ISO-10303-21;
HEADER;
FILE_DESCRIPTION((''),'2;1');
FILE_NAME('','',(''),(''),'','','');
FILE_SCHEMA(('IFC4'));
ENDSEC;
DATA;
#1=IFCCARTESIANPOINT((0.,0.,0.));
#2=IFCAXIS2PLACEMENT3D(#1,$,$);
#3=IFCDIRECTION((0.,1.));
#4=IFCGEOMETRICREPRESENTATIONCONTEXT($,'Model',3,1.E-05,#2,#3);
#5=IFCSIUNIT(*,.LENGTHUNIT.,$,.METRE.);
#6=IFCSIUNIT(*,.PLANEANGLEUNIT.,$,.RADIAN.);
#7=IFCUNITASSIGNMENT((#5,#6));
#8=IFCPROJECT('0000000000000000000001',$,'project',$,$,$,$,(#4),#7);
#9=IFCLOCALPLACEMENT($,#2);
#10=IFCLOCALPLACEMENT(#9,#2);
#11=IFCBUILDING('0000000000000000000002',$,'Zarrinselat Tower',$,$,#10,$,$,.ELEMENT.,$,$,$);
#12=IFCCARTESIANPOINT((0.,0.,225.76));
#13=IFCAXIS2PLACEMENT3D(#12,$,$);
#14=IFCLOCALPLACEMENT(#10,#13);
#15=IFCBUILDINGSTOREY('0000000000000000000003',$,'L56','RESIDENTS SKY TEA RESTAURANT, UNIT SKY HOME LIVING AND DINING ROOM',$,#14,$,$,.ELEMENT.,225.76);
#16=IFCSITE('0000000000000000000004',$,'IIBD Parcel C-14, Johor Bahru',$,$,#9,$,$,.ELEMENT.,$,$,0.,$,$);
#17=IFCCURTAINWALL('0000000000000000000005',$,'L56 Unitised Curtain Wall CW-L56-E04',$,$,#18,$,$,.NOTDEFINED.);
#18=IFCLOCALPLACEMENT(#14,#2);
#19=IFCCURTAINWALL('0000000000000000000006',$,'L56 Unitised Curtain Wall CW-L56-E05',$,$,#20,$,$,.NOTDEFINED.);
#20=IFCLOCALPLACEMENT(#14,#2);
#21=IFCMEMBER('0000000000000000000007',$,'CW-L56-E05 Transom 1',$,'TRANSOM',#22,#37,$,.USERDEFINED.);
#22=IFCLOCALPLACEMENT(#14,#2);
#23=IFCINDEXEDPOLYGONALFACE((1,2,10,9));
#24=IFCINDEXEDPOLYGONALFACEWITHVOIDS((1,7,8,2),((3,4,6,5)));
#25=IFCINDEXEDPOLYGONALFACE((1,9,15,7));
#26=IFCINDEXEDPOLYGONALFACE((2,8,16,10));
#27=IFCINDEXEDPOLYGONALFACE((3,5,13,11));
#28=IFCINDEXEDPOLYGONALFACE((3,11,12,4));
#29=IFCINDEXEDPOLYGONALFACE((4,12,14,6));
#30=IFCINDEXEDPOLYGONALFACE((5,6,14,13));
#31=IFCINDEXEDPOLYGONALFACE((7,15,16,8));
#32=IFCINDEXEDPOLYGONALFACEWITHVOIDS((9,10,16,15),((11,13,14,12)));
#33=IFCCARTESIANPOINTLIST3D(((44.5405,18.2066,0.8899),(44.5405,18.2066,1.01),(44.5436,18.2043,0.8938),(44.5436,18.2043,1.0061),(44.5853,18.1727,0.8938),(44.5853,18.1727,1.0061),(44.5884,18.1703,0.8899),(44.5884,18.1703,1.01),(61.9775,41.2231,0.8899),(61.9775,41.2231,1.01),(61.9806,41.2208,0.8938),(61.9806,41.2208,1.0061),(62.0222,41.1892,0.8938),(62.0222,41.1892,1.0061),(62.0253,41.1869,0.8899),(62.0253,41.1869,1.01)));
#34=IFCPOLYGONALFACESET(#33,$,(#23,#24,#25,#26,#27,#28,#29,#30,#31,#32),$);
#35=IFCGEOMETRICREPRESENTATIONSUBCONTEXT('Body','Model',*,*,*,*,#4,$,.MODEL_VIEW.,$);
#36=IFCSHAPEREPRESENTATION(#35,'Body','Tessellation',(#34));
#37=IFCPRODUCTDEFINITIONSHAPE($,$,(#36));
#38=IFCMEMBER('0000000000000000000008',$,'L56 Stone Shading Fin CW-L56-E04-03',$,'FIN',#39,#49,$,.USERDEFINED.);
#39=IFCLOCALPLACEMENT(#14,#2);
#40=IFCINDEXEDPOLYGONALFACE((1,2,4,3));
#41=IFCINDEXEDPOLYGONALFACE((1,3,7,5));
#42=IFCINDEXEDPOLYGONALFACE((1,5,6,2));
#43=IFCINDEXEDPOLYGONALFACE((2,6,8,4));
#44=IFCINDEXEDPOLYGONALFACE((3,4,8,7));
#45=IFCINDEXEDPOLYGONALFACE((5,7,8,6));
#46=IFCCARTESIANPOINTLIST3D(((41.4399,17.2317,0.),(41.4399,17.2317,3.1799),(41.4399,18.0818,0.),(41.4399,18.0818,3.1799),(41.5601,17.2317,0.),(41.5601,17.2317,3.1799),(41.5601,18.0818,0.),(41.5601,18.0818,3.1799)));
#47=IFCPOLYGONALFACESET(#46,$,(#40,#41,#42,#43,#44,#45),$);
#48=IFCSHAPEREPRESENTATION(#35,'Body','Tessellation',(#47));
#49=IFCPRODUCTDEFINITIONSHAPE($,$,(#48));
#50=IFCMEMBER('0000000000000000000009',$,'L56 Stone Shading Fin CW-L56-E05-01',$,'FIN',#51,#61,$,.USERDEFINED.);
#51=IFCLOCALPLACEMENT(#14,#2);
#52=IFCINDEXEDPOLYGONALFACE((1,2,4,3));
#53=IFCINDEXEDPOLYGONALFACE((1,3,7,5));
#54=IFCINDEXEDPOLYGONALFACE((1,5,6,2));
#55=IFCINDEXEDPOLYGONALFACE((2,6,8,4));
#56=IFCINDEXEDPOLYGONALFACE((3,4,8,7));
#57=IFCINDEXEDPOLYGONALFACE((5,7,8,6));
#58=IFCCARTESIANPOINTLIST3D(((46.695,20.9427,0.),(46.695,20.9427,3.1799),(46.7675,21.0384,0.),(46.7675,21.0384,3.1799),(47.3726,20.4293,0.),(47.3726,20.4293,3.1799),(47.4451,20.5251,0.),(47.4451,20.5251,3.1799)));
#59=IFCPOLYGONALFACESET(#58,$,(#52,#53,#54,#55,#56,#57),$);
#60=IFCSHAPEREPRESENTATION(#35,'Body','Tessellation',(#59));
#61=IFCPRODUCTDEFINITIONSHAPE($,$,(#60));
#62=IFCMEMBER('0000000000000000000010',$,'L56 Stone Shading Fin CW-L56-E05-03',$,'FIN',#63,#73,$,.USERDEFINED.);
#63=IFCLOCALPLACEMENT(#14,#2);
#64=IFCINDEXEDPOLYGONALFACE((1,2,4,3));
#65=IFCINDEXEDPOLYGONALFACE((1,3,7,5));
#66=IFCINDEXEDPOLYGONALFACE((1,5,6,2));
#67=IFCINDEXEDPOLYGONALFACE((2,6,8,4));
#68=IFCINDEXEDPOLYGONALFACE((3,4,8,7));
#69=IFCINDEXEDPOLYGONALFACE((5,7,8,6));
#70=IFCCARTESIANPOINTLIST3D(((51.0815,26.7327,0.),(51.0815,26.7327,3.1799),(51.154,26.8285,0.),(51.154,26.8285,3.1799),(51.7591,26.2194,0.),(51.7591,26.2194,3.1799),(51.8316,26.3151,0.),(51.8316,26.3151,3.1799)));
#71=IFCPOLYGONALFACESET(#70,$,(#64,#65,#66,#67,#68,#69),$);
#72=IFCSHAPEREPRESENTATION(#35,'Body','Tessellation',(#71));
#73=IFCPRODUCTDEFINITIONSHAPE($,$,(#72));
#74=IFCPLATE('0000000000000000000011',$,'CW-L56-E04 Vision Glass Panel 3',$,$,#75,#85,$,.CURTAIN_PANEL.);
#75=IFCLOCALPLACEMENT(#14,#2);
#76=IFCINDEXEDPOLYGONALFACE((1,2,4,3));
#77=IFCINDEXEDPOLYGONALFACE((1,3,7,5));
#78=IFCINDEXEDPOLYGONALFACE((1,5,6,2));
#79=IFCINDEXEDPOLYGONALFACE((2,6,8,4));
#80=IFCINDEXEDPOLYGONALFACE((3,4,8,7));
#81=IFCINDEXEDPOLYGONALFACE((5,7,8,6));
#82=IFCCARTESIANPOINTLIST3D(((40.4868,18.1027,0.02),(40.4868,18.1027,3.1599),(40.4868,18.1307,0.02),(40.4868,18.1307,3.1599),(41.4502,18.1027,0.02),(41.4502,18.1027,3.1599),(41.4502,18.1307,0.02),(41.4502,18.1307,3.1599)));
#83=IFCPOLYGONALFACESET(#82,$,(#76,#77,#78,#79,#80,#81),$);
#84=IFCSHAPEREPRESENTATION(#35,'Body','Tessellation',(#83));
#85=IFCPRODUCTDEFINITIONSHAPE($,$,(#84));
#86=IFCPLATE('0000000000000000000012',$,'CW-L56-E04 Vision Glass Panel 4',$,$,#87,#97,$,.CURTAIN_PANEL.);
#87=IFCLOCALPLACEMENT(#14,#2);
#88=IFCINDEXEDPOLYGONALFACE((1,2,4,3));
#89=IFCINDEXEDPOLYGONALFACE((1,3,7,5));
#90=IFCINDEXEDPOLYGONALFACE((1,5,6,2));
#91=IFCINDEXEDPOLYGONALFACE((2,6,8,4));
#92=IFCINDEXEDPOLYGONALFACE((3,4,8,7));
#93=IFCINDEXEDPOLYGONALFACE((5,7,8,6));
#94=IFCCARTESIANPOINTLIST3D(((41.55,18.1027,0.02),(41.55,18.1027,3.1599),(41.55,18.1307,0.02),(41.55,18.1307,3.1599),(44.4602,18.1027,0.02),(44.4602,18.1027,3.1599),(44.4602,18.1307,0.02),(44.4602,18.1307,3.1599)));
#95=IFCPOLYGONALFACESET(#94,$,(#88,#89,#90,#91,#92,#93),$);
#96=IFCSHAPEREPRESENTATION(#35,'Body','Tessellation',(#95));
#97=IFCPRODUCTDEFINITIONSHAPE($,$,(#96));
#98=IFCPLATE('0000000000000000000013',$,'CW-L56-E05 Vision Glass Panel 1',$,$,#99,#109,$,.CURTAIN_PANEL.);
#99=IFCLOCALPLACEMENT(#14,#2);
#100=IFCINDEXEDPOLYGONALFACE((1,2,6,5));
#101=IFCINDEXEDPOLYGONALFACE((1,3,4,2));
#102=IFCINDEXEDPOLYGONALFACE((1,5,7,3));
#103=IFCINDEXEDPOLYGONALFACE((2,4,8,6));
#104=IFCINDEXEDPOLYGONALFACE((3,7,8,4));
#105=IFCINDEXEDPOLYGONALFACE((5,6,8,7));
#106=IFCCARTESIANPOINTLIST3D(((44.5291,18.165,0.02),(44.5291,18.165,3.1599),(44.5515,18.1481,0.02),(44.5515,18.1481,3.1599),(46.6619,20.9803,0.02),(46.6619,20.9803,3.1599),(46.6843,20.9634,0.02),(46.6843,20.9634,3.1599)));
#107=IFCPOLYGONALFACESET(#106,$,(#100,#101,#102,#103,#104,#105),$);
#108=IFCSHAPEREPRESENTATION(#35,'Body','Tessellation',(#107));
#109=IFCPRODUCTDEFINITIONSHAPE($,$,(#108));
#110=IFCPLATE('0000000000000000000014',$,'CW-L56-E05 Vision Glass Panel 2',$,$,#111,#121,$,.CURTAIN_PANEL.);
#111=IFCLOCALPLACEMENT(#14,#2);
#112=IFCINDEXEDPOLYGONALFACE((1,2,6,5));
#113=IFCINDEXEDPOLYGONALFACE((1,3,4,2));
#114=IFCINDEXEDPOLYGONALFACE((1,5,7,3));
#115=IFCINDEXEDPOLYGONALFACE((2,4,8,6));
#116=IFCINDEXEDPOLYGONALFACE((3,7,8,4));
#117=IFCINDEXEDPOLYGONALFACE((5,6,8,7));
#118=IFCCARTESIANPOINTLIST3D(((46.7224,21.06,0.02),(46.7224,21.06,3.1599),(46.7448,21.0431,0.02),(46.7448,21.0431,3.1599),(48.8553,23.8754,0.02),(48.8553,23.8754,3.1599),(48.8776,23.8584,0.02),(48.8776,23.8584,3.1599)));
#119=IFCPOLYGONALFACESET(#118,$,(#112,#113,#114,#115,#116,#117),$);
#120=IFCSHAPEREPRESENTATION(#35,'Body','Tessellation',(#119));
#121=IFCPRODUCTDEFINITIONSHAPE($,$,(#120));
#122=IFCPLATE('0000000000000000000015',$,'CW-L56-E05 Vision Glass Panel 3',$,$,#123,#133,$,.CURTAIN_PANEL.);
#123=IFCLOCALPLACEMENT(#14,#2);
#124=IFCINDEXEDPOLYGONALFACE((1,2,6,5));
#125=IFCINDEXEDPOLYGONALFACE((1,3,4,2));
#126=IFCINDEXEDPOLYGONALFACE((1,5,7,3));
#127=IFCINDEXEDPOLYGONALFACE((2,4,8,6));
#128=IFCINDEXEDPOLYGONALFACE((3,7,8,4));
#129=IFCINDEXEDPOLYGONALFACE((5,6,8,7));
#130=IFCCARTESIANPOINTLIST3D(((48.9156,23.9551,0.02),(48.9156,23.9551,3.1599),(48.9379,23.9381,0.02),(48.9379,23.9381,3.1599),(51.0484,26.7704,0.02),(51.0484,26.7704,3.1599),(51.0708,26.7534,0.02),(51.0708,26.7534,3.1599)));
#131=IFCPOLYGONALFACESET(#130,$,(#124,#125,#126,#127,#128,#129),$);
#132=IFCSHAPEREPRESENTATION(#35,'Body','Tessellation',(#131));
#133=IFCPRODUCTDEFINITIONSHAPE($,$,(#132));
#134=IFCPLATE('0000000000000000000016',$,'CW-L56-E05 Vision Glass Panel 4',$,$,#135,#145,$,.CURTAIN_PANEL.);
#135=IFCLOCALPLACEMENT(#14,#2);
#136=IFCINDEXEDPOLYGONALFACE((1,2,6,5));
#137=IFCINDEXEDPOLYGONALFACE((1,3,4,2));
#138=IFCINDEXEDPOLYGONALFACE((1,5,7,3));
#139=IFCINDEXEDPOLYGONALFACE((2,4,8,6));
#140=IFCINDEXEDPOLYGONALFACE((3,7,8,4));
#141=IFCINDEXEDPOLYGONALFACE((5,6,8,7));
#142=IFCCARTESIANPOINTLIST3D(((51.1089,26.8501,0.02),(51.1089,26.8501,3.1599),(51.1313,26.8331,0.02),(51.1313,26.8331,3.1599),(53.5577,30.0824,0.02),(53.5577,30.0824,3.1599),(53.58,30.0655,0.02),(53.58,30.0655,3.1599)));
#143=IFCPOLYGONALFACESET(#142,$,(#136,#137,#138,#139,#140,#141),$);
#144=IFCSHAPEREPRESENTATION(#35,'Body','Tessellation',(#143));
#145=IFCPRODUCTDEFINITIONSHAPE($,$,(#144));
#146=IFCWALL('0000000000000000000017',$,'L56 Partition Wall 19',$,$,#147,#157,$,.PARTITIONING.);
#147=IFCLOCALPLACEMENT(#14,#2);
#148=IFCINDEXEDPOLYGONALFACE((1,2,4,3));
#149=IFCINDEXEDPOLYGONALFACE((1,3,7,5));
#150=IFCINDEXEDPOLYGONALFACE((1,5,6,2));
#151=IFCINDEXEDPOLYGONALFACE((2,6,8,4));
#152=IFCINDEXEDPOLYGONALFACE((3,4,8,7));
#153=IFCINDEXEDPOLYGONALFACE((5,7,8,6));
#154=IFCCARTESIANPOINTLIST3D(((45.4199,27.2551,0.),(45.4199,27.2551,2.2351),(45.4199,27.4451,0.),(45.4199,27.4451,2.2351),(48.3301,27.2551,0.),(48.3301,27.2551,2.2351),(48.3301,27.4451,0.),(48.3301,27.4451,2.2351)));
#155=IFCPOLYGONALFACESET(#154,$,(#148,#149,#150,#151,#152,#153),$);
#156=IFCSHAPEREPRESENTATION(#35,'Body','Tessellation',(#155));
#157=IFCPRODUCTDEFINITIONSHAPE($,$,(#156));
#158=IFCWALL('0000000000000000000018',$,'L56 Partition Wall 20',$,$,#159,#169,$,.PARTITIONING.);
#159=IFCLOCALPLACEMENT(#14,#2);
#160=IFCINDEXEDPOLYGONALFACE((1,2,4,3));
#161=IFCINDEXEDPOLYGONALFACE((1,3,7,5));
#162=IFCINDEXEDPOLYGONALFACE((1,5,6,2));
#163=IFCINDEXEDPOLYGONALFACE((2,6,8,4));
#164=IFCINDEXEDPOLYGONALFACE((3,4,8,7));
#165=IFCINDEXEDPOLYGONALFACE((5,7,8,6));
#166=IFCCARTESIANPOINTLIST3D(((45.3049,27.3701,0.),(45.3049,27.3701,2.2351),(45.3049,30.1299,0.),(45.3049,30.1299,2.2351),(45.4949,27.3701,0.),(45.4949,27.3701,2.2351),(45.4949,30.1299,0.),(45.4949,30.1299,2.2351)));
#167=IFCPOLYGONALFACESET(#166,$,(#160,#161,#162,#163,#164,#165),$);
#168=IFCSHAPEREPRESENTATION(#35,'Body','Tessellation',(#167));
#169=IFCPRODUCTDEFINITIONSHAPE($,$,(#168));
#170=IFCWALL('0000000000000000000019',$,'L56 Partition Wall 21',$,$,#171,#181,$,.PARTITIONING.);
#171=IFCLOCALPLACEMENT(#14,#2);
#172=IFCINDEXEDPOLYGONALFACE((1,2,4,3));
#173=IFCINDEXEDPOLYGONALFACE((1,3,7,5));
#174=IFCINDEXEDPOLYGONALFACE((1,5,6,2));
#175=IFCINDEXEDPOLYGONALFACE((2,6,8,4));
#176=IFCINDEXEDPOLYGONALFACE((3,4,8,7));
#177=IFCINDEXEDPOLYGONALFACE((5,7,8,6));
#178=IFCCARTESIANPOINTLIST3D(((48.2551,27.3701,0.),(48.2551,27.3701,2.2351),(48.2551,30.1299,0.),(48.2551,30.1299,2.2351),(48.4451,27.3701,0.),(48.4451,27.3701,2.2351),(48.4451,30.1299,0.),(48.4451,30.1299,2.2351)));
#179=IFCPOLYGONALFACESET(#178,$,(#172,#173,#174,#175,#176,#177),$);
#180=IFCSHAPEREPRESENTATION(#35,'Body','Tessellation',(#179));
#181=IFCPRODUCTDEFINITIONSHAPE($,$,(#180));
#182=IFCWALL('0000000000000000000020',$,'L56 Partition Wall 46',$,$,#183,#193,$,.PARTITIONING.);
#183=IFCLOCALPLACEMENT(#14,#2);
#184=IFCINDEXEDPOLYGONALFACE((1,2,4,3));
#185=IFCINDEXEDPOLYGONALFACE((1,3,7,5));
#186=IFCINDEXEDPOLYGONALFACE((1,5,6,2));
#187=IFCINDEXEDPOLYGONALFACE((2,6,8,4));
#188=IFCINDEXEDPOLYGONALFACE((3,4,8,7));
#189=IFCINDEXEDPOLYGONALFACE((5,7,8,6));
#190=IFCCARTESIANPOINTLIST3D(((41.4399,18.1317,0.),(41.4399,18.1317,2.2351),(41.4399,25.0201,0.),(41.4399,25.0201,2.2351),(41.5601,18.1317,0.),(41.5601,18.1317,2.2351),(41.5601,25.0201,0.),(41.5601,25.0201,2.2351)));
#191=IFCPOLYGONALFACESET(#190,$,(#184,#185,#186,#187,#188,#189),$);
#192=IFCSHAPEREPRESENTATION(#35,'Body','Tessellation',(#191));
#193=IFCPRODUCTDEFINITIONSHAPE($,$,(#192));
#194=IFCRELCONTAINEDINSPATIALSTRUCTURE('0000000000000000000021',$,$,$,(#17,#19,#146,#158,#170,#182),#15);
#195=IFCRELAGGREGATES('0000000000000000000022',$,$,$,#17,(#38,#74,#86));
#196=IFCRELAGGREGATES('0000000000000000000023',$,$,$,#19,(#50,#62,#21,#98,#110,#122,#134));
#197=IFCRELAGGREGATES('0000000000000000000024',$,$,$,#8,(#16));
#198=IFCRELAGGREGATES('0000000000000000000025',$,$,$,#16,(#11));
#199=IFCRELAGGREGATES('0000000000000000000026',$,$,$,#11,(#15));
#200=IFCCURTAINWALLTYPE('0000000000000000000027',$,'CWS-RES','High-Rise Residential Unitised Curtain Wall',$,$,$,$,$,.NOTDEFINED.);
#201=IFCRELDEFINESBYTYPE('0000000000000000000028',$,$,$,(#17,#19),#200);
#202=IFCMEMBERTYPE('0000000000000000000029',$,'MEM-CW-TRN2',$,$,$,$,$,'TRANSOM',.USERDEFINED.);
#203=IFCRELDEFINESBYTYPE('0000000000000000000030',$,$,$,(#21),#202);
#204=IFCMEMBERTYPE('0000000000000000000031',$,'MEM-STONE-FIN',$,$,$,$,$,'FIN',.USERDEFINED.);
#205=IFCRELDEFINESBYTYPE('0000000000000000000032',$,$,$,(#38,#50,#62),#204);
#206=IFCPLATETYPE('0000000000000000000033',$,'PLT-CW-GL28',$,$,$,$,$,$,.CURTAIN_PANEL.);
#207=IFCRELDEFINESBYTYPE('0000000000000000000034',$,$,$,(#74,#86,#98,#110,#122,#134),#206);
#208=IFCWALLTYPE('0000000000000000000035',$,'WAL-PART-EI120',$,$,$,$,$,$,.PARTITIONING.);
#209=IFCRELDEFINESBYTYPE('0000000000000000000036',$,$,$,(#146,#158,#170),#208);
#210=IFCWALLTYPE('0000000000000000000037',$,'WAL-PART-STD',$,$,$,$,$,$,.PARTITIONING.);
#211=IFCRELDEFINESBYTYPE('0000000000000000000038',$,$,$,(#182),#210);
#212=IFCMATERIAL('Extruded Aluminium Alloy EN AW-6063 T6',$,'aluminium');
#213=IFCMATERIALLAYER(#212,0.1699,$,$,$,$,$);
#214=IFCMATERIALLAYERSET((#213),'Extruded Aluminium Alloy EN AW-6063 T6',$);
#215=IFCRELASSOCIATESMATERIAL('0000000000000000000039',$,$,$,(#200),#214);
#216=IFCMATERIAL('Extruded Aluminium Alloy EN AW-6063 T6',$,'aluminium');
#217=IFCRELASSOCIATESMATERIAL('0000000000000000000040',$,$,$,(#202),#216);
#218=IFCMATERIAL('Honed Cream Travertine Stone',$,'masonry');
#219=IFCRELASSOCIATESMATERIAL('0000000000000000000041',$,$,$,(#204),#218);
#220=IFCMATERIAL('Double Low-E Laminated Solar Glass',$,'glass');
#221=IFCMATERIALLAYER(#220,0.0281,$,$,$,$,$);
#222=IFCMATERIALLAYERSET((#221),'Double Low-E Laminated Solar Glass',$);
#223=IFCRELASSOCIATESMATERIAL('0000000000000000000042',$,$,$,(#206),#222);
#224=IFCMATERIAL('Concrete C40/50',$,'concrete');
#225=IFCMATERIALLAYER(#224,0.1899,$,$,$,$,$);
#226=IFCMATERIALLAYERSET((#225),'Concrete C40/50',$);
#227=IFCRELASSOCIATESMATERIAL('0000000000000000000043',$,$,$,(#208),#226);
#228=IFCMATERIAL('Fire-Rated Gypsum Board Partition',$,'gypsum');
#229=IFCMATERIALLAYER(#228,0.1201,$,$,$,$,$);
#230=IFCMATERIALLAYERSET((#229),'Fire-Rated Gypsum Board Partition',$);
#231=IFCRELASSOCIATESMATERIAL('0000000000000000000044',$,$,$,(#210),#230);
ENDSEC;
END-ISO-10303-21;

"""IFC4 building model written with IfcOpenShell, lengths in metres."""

from ifc_helpers import new_model, si_unit, direction, frame, frame_2d, origin, origin_2d, place, context, subcontext, project, spatial, rectangle, hollow_rectangle, extrude, material, layer, layer_set, material_profile, profile_set, type_object, element, aggregate, save


model = new_model("IFC4")

# Units and contexts
model_context = context("Model", 3, precision=1e-05, world=origin(), true_north=direction((0.0, 1.0)))
body_context = subcontext(model_context, "Body", "Model", "MODEL_VIEW")
ifc_project = project(units=[si_unit("LENGTHUNIT", "METRE"), si_unit("PLANEANGLEUNIT", "RADIAN")], contexts=[model_context])

# Site, building, storey
site_placement = place(None, origin())
site = spatial("IfcSite", under=ifc_project, at=site_placement, Name="IIBD Parcel C-14, Johor Bahru", CompositionType="ELEMENT", RefElevation=0.0)
building_placement = place(site_placement, origin())
building = spatial("IfcBuilding", under=site, at=building_placement, Name="Zarrinselat Tower", CompositionType="ELEMENT")
storey_placement = place(building_placement, frame((0.0, 0.0, 225.76)))
storey = spatial("IfcBuildingStorey", under=building, at=storey_placement, Name="L56", Description="RESIDENTS SKY TEA RESTAURANT, UNIT SKY HOME LIVING AND DINING ROOM", CompositionType="ELEMENT", Elevation=225.76)

# Curtain walls, member
ifc_material_1 = material(Name="Extruded Aluminium Alloy EN AW-6063 T6", Category="aluminium")
ifc_layer_1 = layer(ifc_material_1, 0.1699)
ifc_layer_set_1 = layer_set([ifc_layer_1], Name="Extruded Aluminium Alloy EN AW-6063 T6")
curtain_wall_type = type_object("IfcCurtainWallType", Name="CWS-RES", Description="High-Rise Residential Unitised Curtain Wall", PredefinedType="NOTDEFINED", material=ifc_layer_set_1)
curtain_wall_1_placement = place(storey_placement, origin())
curtain_wall_1 = element("IfcCurtainWall", 1, at=curtain_wall_1_placement, inside=storey, type_object=curtain_wall_type, Name="L56 Unitised Curtain Wall CW-L56-E04", PredefinedType="NOTDEFINED")
curtain_wall_2_placement = place(storey_placement, origin())
curtain_wall_2 = element("IfcCurtainWall", 2, at=curtain_wall_2_placement, inside=storey, type_object=curtain_wall_type, Name="L56 Unitised Curtain Wall CW-L56-E05", PredefinedType="NOTDEFINED")
ifc_material_2 = material(Name="Extruded Aluminium Alloy EN AW-6063 T6", Category="aluminium")
ifc_material_profile_1 = material_profile(ifc_material_2, hollow_rectangle(XDim=0.0601, YDim=0.1201, WallThickness=0.0039, at=origin_2d()), Name="RHS 120x60x4")
ifc_profile_set_1 = profile_set([ifc_material_profile_1], Name="Extruded Aluminium Alloy EN AW-6063 T6")
member_type_1 = type_object("IfcMemberType", Name="MEM-CW-TRN2", ElementType="TRANSOM", PredefinedType="USERDEFINED", material=ifc_profile_set_1)
member_1_placement = place(storey_placement, frame((44.5645, 18.1885, 0.95), z_axis=(0.603862, 0.797089, 0.0), x_axis=(-0.797089, 0.603862, 0.0)))
member_1 = element("IfcMember", 3, at=member_1_placement, type_object=member_type_1, Name="CW-L56-E05 Transom 1", ObjectType="TRANSOM", PredefinedType="USERDEFINED", context=body_context, shape_type="SweptSolid", body=[
    extrude(hollow_rectangle(XDim=0.0601, YDim=0.1201, WallThickness=0.0039, at=origin_2d()), origin(), (0.0, 0.0, 1.0), 28.8757),
])

# Members
ifc_material_3 = material(Name="Honed Cream Travertine Stone", Category="masonry")
ifc_material_profile_2 = material_profile(ifc_material_3, rectangle(XDim=0.1201, YDim=0.8501, at=origin_2d()), Name="FIN 850x120")
ifc_profile_set_2 = profile_set([ifc_material_profile_2], Name="Honed Cream Travertine Stone")
member_type_2 = type_object("IfcMemberType", Name="MEM-STONE-FIN", ElementType="FIN", PredefinedType="USERDEFINED", material=ifc_profile_set_2)
member_2_placement = place(storey_placement, frame((41.5, 17.6567, 0.0), z_axis=(0.0, 0.0, 1.0), x_axis=(-1.0, 0.0, 0.0)))
member_2 = element("IfcMember", 4, at=member_2_placement, type_object=member_type_2, Name="L56 Stone Shading Fin CW-L56-E04-03", ObjectType="FIN", PredefinedType="USERDEFINED", context=body_context, shape_type="SweptSolid", body=[
    extrude(rectangle(XDim=0.1201, YDim=0.8501, at=origin_2d()), origin(), (0.0, 0.0, 1.0), 3.1799),
])
member_3_placement = place(storey_placement, frame((47.0701, 20.7339, 0.0), z_axis=(0.0, 0.0, 1.0), x_axis=(-0.603859, -0.797091, 0.0)))
member_3 = element("IfcMember", 5, at=member_3_placement, type_object=member_type_2, Name="L56 Stone Shading Fin CW-L56-E05-01", ObjectType="FIN", PredefinedType="USERDEFINED", context=body_context, shape_type="SweptSolid", body=[
    extrude(rectangle(XDim=0.1201, YDim=0.8501, at=origin_2d()), origin(), (0.0, 0.0, 1.0), 3.1799),
])
member_4_placement = place(storey_placement, frame((51.4565, 26.5239, 0.0), z_axis=(0.0, 0.0, 1.0), x_axis=(-0.603859, -0.797091, 0.0)))
member_4 = element("IfcMember", 6, at=member_4_placement, type_object=member_type_2, Name="L56 Stone Shading Fin CW-L56-E05-03", ObjectType="FIN", PredefinedType="USERDEFINED", context=body_context, shape_type="SweptSolid", body=[
    extrude(rectangle(XDim=0.1201, YDim=0.8501, at=origin_2d()), origin(), (0.0, 0.0, 1.0), 3.1799),
])

# Plates
ifc_material_4 = material(Name="Double Low-E Laminated Solar Glass", Category="glass")
ifc_layer_2 = layer(ifc_material_4, 0.0281)
ifc_layer_set_2 = layer_set([ifc_layer_2], Name="Double Low-E Laminated Solar Glass")
plate_type = type_object("IfcPlateType", Name="PLT-CW-GL28", PredefinedType="CURTAIN_PANEL", material=ifc_layer_set_2)
plate_1_placement = place(storey_placement, frame((40.9685, 18.1167, 0.02), z_axis=(0.0, 0.0, 1.0), x_axis=(1.0, 0.0, 0.0)))
plate_1 = element("IfcPlate", 7, at=plate_1_placement, type_object=plate_type, Name="CW-L56-E04 Vision Glass Panel 3", PredefinedType="CURTAIN_PANEL", context=body_context, shape_type="SweptSolid", body=[
    extrude(rectangle(XDim=0.9634, YDim=0.0281, at=origin_2d()), origin(), (0.0, 0.0, 1.0), 3.1399),
])
plate_2_placement = place(storey_placement, frame((43.0051, 18.1167, 0.02), z_axis=(0.0, 0.0, 1.0), x_axis=(1.0, 0.0, 0.0)))
plate_2 = element("IfcPlate", 8, at=plate_2_placement, type_object=plate_type, Name="CW-L56-E04 Vision Glass Panel 4", PredefinedType="CURTAIN_PANEL", context=body_context, shape_type="SweptSolid", body=[
    extrude(rectangle(XDim=2.9102, YDim=0.0281, at=origin_2d()), origin(), (0.0, 0.0, 1.0), 3.1399),
])
aggregate(curtain_wall_1, [member_2, plate_1, plate_2])
plate_3_placement = place(storey_placement, frame((45.6067, 19.5642, 0.02), z_axis=(0.0, 0.0, 1.0), x_axis=(0.603859, 0.797091, 0.0)))
plate_3 = element("IfcPlate", 9, at=plate_3_placement, type_object=plate_type, Name="CW-L56-E05 Vision Glass Panel 1", PredefinedType="CURTAIN_PANEL", context=body_context, shape_type="SweptSolid", body=[
    extrude(rectangle(XDim=3.532, YDim=0.0281, at=origin_2d()), origin(), (0.0, 0.0, 1.0), 3.1399),
])
plate_4_placement = place(storey_placement, frame((47.8, 22.4592, 0.02), z_axis=(0.0, 0.0, 1.0), x_axis=(0.603859, 0.797091, 0.0)))
plate_4 = element("IfcPlate", 10, at=plate_4_placement, type_object=plate_type, Name="CW-L56-E05 Vision Glass Panel 2", PredefinedType="CURTAIN_PANEL", context=body_context, shape_type="SweptSolid", body=[
    extrude(rectangle(XDim=3.532, YDim=0.0281, at=origin_2d()), origin(), (0.0, 0.0, 1.0), 3.1399),
])
plate_5_placement = place(storey_placement, frame((49.9932, 25.3542, 0.02), z_axis=(0.0, 0.0, 1.0), x_axis=(0.603859, 0.797091, 0.0)))
plate_5 = element("IfcPlate", 11, at=plate_5_placement, type_object=plate_type, Name="CW-L56-E05 Vision Glass Panel 3", PredefinedType="CURTAIN_PANEL", context=body_context, shape_type="SweptSolid", body=[
    extrude(rectangle(XDim=3.532, YDim=0.0281, at=origin_2d()), origin(), (0.0, 0.0, 1.0), 3.1399),
])
plate_6_placement = place(storey_placement, frame((52.3445, 28.4578, 0.02), z_axis=(0.0, 0.0, 1.0), x_axis=(0.603859, 0.797091, 0.0)))
plate_6 = element("IfcPlate", 12, at=plate_6_placement, type_object=plate_type, Name="CW-L56-E05 Vision Glass Panel 4", PredefinedType="CURTAIN_PANEL", context=body_context, shape_type="SweptSolid", body=[
    extrude(rectangle(XDim=4.0552, YDim=0.0281, at=origin_2d()), origin(), (0.0, 0.0, 1.0), 3.1399),
])
aggregate(curtain_wall_2, [member_3, member_4, member_1, plate_3, plate_4, plate_5, plate_6])

# Walls
ifc_material_5 = material(Name="Concrete C40/50", Category="concrete")
ifc_layer_3 = layer(ifc_material_5, 0.1899)
ifc_layer_set_3 = layer_set([ifc_layer_3], Name="Concrete C40/50")
wall_type_1 = type_object("IfcWallType", Name="WAL-PART-EI120", PredefinedType="PARTITIONING", material=ifc_layer_set_3)
wall_1_placement = place(storey_placement, frame((45.4199, 27.3501, 0.0), z_axis=(0.0, 0.0, 1.0), x_axis=(1.0, 0.0, 0.0)))
element("IfcWall", 13, at=wall_1_placement, inside=storey, type_object=wall_type_1, Name="L56 Partition Wall 19", PredefinedType="PARTITIONING", context=body_context, shape_type="SweptSolid", body=[
    extrude(rectangle(XDim=2.9102, YDim=0.1899, at=frame_2d((1.4551, 0.0))), origin(), (0.0, 0.0, 1.0), 2.2351),
])
for number, where, z_axis, x_axis, name in (
    (14, (45.3999, 27.3701, 0.0), (0.0, 0.0, 1.0), (0.0, 1.0, 0.0), "L56 Partition Wall 20"),
    (15, (48.3501, 27.3701, 0.0), (0.0, 0.0, 1.0), (0.0, 1.0, 0.0), "L56 Partition Wall 21"),
):
    element("IfcWall", number, at=place(storey_placement, frame(where, z_axis=z_axis, x_axis=x_axis)), inside=storey, type_object=wall_type_1, Name=name, PredefinedType="PARTITIONING", context=body_context, shape_type="SweptSolid", body=[
        extrude(rectangle(XDim=2.7598, YDim=0.1899, at=frame_2d((1.3799, 0.0))), origin(), (0.0, 0.0, 1.0), 2.2351),
    ])
ifc_material_6 = material(Name="Fire-Rated Gypsum Board Partition", Category="gypsum")
ifc_layer_4 = layer(ifc_material_6, 0.1201)
ifc_layer_set_4 = layer_set([ifc_layer_4], Name="Fire-Rated Gypsum Board Partition")
wall_type_2 = type_object("IfcWallType", Name="WAL-PART-STD", PredefinedType="PARTITIONING", material=ifc_layer_set_4)
wall_2_placement = place(storey_placement, frame((41.5, 18.1316, 0.0), z_axis=(0.0, 0.0, 1.0), x_axis=(0.0, 1.0, 0.0)))
element("IfcWall", 16, at=wall_2_placement, inside=storey, type_object=wall_type_2, Name="L56 Partition Wall 46", PredefinedType="PARTITIONING", context=body_context, shape_type="SweptSolid", body=[
    extrude(rectangle(XDim=6.8884, YDim=0.1201, at=frame_2d((3.4443, 0.0))), origin(), (0.0, 0.0, 1.0), 2.2351),
])

save(model, "model.ifc")
